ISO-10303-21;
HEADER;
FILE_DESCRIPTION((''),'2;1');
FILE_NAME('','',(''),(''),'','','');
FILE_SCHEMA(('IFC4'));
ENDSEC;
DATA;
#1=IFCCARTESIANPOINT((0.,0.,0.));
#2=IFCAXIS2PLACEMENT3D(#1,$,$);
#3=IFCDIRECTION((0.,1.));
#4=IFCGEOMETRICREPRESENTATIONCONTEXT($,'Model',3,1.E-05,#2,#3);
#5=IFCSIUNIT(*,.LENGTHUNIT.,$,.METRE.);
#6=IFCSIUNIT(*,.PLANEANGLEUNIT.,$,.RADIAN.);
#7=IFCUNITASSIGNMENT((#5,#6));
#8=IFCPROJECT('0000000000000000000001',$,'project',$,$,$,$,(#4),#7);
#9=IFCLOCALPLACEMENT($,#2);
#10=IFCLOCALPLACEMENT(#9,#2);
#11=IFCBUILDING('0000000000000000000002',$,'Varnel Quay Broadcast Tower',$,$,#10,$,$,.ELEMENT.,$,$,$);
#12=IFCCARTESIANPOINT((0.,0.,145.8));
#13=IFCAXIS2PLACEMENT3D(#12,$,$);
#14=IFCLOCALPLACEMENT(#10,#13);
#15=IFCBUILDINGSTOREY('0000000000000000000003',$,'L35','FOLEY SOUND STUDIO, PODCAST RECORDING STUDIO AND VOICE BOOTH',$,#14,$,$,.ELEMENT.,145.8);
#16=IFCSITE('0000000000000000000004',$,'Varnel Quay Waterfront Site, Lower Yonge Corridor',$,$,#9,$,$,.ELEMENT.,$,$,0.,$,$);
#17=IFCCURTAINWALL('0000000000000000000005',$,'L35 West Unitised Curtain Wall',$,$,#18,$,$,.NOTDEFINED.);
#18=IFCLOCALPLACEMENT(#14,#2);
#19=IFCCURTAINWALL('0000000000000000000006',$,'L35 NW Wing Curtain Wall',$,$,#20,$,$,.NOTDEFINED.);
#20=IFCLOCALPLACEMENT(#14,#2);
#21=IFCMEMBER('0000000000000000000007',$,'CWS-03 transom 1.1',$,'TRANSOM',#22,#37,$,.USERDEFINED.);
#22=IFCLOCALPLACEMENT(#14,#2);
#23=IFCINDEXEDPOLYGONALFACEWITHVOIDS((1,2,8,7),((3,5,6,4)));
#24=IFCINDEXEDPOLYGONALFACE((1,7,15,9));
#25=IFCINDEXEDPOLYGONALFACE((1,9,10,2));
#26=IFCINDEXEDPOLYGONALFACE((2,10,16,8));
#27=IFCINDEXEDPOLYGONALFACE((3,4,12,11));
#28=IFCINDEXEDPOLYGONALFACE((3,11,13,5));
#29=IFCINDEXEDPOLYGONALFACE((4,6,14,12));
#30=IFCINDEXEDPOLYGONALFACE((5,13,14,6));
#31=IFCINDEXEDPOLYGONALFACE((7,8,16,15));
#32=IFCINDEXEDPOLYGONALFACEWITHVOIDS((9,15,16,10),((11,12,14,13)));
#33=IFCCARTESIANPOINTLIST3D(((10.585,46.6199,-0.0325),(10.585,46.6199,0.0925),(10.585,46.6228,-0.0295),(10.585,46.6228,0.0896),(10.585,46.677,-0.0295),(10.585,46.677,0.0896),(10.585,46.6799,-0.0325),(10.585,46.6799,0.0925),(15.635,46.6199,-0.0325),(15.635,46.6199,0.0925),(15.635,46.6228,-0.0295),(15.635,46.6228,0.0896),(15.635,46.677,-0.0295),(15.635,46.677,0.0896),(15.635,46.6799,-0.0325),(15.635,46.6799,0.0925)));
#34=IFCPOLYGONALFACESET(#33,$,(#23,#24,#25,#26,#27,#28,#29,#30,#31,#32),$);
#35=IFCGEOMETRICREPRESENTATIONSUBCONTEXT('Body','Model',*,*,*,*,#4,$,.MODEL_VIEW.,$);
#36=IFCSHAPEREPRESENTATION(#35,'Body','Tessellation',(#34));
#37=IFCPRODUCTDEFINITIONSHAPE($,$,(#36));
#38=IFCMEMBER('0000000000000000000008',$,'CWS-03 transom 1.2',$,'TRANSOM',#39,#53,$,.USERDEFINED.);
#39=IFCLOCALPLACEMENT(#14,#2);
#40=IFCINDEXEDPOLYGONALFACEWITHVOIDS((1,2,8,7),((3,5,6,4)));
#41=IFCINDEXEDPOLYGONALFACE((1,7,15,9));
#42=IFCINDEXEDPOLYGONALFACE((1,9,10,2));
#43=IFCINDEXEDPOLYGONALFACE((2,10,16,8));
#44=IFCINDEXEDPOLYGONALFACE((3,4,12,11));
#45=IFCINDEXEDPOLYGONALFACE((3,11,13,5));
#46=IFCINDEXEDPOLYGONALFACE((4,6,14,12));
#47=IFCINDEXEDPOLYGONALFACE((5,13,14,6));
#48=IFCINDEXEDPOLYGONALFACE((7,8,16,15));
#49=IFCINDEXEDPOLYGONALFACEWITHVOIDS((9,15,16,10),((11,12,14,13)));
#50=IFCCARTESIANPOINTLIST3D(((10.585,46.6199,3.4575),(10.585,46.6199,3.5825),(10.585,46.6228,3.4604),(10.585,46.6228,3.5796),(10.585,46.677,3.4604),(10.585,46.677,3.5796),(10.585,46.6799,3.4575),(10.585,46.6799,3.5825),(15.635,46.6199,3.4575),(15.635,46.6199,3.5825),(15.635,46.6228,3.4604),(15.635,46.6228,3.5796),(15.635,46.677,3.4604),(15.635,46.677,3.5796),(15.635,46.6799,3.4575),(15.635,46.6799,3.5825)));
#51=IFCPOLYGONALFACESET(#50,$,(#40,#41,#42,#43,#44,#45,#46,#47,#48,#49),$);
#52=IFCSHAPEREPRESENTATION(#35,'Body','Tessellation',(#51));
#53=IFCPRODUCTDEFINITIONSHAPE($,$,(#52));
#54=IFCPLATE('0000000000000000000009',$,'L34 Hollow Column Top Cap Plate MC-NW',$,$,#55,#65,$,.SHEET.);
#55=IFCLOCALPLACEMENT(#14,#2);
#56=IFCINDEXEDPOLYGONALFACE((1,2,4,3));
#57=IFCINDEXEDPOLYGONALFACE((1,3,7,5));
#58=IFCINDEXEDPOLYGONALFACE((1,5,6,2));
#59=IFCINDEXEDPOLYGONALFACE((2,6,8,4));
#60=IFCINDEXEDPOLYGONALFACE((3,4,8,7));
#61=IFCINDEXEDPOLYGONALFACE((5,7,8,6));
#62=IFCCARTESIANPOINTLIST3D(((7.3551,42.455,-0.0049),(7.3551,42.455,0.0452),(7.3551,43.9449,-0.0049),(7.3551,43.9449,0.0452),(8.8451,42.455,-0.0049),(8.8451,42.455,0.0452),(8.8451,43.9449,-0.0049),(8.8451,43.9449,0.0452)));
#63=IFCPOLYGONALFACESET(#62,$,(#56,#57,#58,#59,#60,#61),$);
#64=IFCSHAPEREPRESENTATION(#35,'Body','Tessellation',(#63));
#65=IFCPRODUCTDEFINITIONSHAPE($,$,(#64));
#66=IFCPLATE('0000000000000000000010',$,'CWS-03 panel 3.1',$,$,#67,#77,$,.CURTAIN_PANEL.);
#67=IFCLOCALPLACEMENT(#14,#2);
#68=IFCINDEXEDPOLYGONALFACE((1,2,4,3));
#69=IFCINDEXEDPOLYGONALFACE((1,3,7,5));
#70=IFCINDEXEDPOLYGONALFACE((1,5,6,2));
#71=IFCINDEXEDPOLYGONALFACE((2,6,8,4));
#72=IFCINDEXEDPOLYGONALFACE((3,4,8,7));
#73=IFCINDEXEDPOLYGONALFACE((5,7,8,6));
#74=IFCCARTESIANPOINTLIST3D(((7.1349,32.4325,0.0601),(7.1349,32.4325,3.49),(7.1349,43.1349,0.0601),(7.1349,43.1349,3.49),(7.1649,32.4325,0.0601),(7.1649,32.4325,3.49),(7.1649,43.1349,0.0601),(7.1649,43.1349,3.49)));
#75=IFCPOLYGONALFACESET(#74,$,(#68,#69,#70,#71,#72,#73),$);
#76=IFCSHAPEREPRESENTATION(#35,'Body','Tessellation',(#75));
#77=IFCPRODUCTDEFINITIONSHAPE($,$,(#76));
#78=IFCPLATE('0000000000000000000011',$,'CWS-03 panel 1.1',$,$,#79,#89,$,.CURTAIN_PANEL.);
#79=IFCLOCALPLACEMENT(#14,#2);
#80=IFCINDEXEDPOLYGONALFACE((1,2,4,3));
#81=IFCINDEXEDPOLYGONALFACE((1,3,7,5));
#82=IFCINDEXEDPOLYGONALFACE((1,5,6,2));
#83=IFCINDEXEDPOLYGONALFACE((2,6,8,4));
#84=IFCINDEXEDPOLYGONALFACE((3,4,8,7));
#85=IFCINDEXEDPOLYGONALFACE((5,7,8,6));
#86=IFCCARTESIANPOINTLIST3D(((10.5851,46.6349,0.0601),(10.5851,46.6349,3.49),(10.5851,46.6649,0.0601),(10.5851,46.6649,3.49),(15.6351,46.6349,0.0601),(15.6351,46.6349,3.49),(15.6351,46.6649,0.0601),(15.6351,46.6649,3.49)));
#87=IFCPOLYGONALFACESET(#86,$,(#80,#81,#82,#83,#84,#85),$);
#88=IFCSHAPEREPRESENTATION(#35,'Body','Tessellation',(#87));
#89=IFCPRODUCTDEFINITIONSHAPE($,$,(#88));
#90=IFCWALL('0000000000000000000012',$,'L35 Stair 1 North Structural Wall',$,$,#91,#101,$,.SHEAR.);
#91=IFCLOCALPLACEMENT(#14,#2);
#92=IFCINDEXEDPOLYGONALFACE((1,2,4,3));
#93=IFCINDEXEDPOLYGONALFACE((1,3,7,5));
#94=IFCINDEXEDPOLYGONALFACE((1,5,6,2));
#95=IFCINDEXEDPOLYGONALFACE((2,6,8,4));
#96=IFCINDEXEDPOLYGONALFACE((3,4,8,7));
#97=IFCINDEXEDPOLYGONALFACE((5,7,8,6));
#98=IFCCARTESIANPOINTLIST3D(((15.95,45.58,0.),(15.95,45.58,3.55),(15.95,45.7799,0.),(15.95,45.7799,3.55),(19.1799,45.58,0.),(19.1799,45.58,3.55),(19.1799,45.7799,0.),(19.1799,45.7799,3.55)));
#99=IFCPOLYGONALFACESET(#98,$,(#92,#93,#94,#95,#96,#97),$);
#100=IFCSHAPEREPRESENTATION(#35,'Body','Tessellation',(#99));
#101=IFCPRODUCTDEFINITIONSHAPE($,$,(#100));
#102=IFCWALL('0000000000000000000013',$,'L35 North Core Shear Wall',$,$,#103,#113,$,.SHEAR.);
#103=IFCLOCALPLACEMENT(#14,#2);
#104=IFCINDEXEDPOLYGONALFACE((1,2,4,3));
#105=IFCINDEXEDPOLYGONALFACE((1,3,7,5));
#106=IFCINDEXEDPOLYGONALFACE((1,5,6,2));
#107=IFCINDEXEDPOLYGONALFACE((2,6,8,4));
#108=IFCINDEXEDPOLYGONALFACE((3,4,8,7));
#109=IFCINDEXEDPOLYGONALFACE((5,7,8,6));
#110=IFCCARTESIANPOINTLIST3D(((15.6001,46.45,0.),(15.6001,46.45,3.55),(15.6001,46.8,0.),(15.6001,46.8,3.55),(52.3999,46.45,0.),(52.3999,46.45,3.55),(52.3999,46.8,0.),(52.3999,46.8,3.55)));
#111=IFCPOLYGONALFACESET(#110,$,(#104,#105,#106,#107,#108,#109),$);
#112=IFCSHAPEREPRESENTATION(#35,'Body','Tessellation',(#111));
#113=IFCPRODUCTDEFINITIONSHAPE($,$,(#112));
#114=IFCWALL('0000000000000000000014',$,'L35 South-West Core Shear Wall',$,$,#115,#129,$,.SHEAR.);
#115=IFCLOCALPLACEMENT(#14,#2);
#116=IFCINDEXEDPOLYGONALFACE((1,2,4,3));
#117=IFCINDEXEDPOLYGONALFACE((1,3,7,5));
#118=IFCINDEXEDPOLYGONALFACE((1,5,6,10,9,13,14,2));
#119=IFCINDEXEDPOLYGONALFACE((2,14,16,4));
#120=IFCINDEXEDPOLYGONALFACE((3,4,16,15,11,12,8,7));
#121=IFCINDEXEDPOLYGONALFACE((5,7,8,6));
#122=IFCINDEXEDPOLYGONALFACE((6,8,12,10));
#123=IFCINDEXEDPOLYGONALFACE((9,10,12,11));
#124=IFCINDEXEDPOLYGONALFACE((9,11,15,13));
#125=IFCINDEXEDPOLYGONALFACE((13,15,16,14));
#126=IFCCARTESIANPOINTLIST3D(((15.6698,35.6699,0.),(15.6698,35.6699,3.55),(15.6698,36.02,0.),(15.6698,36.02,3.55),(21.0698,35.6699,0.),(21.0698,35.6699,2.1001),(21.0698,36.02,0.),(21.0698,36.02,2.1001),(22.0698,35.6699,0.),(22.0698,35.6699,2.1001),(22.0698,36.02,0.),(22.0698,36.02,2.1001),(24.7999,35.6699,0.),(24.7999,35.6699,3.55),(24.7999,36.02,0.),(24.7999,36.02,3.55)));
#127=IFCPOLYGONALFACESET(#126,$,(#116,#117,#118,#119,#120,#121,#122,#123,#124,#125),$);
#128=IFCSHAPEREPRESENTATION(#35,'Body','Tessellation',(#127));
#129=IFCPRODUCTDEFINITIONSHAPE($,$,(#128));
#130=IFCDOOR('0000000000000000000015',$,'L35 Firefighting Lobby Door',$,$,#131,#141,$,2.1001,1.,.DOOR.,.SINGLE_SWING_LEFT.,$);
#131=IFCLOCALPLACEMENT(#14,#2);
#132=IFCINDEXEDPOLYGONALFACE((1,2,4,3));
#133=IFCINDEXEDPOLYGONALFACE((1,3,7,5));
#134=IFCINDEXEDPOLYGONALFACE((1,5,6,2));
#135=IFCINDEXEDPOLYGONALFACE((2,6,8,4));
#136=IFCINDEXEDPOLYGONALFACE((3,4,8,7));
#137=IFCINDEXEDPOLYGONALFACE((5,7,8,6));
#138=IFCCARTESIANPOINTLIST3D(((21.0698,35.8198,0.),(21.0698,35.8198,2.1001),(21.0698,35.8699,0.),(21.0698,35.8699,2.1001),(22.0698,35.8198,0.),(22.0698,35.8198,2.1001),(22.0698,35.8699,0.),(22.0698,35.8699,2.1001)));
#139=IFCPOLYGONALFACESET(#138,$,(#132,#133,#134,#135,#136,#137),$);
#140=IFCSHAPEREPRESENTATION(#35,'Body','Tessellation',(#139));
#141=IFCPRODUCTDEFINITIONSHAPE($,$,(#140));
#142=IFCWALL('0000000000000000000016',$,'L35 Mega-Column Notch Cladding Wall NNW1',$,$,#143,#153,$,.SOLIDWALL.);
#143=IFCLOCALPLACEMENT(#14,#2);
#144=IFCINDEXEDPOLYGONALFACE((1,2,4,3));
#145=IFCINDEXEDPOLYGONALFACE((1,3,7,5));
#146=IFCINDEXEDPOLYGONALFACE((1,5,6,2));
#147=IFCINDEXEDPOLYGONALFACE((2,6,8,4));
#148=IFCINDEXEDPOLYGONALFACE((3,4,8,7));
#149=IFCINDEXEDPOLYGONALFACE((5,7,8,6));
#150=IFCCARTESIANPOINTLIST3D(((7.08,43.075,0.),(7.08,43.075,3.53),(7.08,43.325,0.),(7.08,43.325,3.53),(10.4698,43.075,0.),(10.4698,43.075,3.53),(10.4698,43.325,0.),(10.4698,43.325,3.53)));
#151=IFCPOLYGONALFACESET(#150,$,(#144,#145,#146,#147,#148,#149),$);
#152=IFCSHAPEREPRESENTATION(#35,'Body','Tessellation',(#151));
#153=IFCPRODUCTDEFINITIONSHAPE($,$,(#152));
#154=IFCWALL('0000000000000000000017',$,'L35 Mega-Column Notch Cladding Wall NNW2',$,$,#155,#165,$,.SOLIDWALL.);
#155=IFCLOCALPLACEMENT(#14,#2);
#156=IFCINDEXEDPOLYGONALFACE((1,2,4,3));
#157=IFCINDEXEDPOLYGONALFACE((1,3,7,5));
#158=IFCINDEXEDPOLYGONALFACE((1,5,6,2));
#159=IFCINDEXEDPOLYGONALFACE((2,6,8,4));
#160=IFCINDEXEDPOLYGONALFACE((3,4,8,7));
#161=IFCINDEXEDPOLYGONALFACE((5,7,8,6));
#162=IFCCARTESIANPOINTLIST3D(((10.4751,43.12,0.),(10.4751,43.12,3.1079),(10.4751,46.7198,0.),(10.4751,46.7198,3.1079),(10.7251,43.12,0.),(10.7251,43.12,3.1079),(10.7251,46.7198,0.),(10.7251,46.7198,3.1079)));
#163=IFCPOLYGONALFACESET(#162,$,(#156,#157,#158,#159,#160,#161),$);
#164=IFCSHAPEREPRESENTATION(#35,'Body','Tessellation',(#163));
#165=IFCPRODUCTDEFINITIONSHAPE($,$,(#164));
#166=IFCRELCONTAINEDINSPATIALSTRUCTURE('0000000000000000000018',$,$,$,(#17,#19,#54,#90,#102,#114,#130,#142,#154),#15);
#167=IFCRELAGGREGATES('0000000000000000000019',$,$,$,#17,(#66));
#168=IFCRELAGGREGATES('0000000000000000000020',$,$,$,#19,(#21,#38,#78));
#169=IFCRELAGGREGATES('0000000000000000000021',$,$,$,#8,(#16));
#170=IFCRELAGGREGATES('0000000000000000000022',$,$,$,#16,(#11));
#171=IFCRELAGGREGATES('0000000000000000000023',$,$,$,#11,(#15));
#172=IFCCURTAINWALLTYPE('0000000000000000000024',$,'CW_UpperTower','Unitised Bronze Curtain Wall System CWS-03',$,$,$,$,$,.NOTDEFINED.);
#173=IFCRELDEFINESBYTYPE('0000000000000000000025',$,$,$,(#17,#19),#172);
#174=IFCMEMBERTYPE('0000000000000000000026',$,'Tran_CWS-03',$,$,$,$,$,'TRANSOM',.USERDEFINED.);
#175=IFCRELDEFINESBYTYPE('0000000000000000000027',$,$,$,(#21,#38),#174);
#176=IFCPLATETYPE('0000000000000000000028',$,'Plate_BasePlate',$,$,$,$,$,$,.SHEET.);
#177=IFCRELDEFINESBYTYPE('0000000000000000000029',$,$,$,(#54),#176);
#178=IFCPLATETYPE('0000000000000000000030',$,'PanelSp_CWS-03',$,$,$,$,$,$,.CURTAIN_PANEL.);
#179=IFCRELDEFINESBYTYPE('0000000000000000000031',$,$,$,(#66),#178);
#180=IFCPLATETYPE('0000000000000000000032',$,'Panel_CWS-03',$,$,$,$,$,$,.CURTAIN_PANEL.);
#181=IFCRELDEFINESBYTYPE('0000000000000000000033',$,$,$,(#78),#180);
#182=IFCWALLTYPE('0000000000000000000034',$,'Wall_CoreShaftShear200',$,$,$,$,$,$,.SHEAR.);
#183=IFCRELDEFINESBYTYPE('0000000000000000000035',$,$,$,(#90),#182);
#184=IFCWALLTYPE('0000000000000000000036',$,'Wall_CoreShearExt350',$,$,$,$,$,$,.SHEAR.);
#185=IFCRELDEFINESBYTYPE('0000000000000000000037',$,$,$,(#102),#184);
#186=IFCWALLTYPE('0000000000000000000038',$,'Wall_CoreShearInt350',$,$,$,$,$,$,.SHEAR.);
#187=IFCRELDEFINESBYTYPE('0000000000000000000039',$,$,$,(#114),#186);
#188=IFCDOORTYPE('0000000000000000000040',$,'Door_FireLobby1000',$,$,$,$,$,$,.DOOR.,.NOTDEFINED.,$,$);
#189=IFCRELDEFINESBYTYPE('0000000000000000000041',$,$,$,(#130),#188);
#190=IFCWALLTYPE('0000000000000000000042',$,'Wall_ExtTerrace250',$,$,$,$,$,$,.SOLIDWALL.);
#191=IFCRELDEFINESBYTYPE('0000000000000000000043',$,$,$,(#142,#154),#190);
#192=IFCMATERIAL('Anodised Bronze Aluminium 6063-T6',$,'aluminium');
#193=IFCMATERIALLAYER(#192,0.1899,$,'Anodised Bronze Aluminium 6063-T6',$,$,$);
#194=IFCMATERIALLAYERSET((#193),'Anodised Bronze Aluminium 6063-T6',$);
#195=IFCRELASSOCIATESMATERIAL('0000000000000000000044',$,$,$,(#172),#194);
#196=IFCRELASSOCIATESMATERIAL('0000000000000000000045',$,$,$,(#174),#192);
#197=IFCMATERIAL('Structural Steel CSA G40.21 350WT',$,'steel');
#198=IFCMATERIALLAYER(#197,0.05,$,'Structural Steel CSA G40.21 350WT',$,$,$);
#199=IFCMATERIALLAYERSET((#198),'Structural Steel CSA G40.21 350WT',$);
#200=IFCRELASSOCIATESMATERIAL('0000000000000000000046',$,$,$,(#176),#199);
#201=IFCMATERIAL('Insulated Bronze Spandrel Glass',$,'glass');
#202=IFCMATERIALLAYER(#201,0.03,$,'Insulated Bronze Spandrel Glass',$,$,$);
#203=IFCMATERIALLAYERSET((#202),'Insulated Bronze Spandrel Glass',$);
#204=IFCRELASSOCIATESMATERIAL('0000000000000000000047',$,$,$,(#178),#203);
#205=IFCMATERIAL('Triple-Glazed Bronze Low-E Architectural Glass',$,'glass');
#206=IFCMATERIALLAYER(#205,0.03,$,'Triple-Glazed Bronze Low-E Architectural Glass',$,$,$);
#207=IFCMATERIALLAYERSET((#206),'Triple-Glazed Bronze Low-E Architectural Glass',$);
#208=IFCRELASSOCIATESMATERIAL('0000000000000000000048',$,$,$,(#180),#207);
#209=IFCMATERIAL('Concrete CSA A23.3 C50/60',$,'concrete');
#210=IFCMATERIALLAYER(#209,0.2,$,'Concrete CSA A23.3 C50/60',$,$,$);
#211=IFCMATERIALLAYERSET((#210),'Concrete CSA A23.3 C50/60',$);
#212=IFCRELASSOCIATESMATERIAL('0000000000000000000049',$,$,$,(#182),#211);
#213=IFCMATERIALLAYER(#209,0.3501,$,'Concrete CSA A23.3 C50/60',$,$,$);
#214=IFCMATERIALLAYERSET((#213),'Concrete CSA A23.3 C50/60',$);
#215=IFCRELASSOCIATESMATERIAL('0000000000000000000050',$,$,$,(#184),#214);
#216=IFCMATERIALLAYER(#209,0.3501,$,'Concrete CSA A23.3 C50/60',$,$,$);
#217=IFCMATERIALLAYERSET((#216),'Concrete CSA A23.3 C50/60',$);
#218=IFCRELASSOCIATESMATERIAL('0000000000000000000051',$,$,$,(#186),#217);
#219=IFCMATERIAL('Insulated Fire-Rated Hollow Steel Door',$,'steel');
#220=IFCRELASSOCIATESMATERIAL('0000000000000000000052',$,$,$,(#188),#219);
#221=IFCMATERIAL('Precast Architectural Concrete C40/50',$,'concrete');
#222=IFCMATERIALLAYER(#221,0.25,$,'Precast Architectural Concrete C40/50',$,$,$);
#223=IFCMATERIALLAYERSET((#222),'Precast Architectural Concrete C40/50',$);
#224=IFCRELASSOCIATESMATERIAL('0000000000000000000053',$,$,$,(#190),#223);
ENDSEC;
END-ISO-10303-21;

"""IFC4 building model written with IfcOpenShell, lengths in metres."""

from ifc_helpers import new_model, si_unit, direction, frame, frame_2d, origin, origin_2d, place, context, subcontext, project, spatial, rectangle, hollow_rectangle, extrude, source, transform, mapped, material, layer, layer_set, material_profile, profile_set, type_object, type_shapes, element, fill, aggregate, save


model = new_model("IFC4")

# Units and contexts
model_context = context("Model", 3, precision=1e-05, world=origin(), true_north=direction((0.0, 1.0)))
body_context = subcontext(model_context, "Body", "Model", "MODEL_VIEW")
ifc_project = project(units=[si_unit("LENGTHUNIT", "METRE"), si_unit("PLANEANGLEUNIT", "RADIAN")], contexts=[model_context])

# Site, building, storey
site_placement = place(None, origin())
site = spatial("IfcSite", under=ifc_project, at=site_placement, Name="Varnel Quay Waterfront Site, Lower Yonge Corridor", CompositionType="ELEMENT", RefElevation=0.0)
building_placement = place(site_placement, origin())
building = spatial("IfcBuilding", under=site, at=building_placement, Name="Varnel Quay Broadcast Tower", CompositionType="ELEMENT")
storey_placement = place(building_placement, frame((0.0, 0.0, 145.8)))
storey = spatial("IfcBuildingStorey", under=building, at=storey_placement, Name="L35", Description="FOLEY SOUND STUDIO, PODCAST RECORDING STUDIO AND VOICE BOOTH", CompositionType="ELEMENT", Elevation=145.8)

# Shared definitions
ifc_material_1 = material(Name="Structural Steel CSA G40.21 350WT", Category="steel")

# Curtain wall
ifc_material_2 = material(Name="Anodised Bronze Aluminium 6063-T6", Category="aluminium")
ifc_layer_1 = layer(ifc_material_2, 0.1899, Name="Anodised Bronze Aluminium 6063-T6")
ifc_layer_set_1 = layer_set([ifc_layer_1], Name="Anodised Bronze Aluminium 6063-T6")
curtain_wall_type = type_object("IfcCurtainWallType", Name="CW_UpperTower", Description="Unitised Bronze Curtain Wall System CWS-03", PredefinedType="NOTDEFINED", material=ifc_layer_set_1)
curtain_wall_1_placement = place(storey_placement, origin())
curtain_wall_1 = element("IfcCurtainWall", 1, at=curtain_wall_1_placement, inside=storey, type_object=curtain_wall_type, Name="L35 West Unitised Curtain Wall", PredefinedType="NOTDEFINED")

# Curtain wall, members
curtain_wall_2_placement = place(storey_placement, origin())
curtain_wall_2 = element("IfcCurtainWall", 2, at=curtain_wall_2_placement, inside=storey, type_object=curtain_wall_type, Name="L35 NW Wing Curtain Wall", PredefinedType="NOTDEFINED")
ifc_material_profile_1 = material_profile(ifc_material_2, hollow_rectangle(XDim=0.0601, YDim=0.125, WallThickness=0.0029, at=origin_2d()), Name="ALU60X125X3")
ifc_profile_set_1 = profile_set([ifc_material_profile_1], Name="Anodised Bronze Aluminium 6063-T6")
member_type_1 = type_object("IfcMemberType", Name="Tran_CWS-03", ElementType="TRANSOM", PredefinedType="USERDEFINED", material=ifc_profile_set_1)
shared_shape_1 = source(origin(), body_context, "Body", "SweptSolid", [
    extrude(hollow_rectangle(XDim=0.0601, YDim=0.125, WallThickness=0.0029, at=origin_2d()), origin(), (0.0, 0.0, 1.0), 5.05),
])
type_shapes(member_type_1, [shared_shape_1])
member_1_placement = place(storey_placement, frame((10.585, 46.6499, 0.03), z_axis=(1.0, 0.0, 0.0), x_axis=(0.0, 1.0, 0.0)))
member_1 = element("IfcMember", 3, at=member_1_placement, type_object=member_type_1, Name="CWS-03 transom 1.1", ObjectType="TRANSOM", PredefinedType="USERDEFINED", context=body_context, shape_type="MappedRepresentation", body=[
    mapped(shared_shape_1, transform((0.0, 0.0, 0.0), x_axis=(1.0, 0.0, 0.0), y_axis=(0.0, 1.0, 0.0), z_axis=(0.0, 0.0, 1.0), scale=1.0)),
])
member_2_placement = place(storey_placement, frame((10.585, 46.6499, 3.52), z_axis=(1.0, 0.0, 0.0), x_axis=(0.0, 1.0, 0.0)))
member_2 = element("IfcMember", 4, at=member_2_placement, type_object=member_type_1, Name="CWS-03 transom 1.2", ObjectType="TRANSOM", PredefinedType="USERDEFINED", context=body_context, shape_type="MappedRepresentation", body=[
    mapped(shared_shape_1, transform((0.0, 0.0, 0.0), x_axis=(1.0, 0.0, 0.0), y_axis=(0.0, 1.0, 0.0), z_axis=(0.0, 0.0, 1.0), scale=1.0)),
])

# Plates
ifc_layer_2 = layer(ifc_material_1, 0.05, Name="Structural Steel CSA G40.21 350WT")
ifc_layer_set_2 = layer_set([ifc_layer_2], Name="Structural Steel CSA G40.21 350WT")
plate_type_1 = type_object("IfcPlateType", Name="Plate_BasePlate", PredefinedType="SHEET", material=ifc_layer_set_2)
shared_shape_2 = source(origin(), body_context, "Body", "SweptSolid", [
    extrude(rectangle(XDim=1.49, YDim=1.49, at=origin_2d()), origin(), (0.0, 0.0, 1.0), 0.05),
])
type_shapes(plate_type_1, [shared_shape_2])
plate_1_placement = place(storey_placement, frame((8.1001, 43.2, -0.0049), z_axis=(0.0, 0.0, 1.0), x_axis=(1.0, 0.0, 0.0)))
element("IfcPlate", 5, at=plate_1_placement, inside=storey, type_object=plate_type_1, Name="L34 Hollow Column Top Cap Plate MC-NW", PredefinedType="SHEET", context=body_context, shape_type="MappedRepresentation", body=[
    mapped(shared_shape_2, transform((0.0, 0.0, 0.0), x_axis=(1.0, 0.0, 0.0), y_axis=(0.0, 1.0, 0.0), z_axis=(0.0, 0.0, 1.0), scale=1.0)),
])
ifc_material_3 = material(Name="Insulated Bronze Spandrel Glass", Category="glass")
ifc_layer_3 = layer(ifc_material_3, 0.03, Name="Insulated Bronze Spandrel Glass")
ifc_layer_set_3 = layer_set([ifc_layer_3], Name="Insulated Bronze Spandrel Glass")
plate_type_2 = type_object("IfcPlateType", Name="PanelSp_CWS-03", PredefinedType="CURTAIN_PANEL", material=ifc_layer_set_3)
shared_shape_3 = source(origin(), body_context, "Body", "SweptSolid", [
    extrude(rectangle(XDim=10.7024, YDim=0.03, at=origin_2d()), origin(), (0.0, 0.0, 1.0), 3.4299),
])
type_shapes(plate_type_2, [shared_shape_3])
plate_2_placement = place(storey_placement, frame((7.1499, 37.7837, 0.0601), z_axis=(0.0, 0.0, 1.0), x_axis=(0.0, 1.0, 0.0)))
plate_2 = element("IfcPlate", 6, at=plate_2_placement, type_object=plate_type_2, Name="CWS-03 panel 3.1", PredefinedType="CURTAIN_PANEL", context=body_context, shape_type="MappedRepresentation", body=[
    mapped(shared_shape_3, transform((0.0, 0.0, 0.0), x_axis=(1.0, 0.0, 0.0), y_axis=(0.0, 1.0, 0.0), z_axis=(0.0, 0.0, 1.0), scale=1.0)),
])
aggregate(curtain_wall_1, [plate_2])
ifc_material_4 = material(Name="Triple-Glazed Bronze Low-E Architectural Glass", Category="glass")
ifc_layer_4 = layer(ifc_material_4, 0.03, Name="Triple-Glazed Bronze Low-E Architectural Glass")
ifc_layer_set_4 = layer_set([ifc_layer_4], Name="Triple-Glazed Bronze Low-E Architectural Glass")
plate_type_3 = type_object("IfcPlateType", Name="Panel_CWS-03", PredefinedType="CURTAIN_PANEL", material=ifc_layer_set_4)
shared_shape_4 = source(origin(), body_context, "Body", "SweptSolid", [
    extrude(rectangle(XDim=5.05, YDim=0.03, at=origin_2d()), origin(), (0.0, 0.0, 1.0), 3.4299),
])
type_shapes(plate_type_3, [shared_shape_4])
plate_3_placement = place(storey_placement, frame((13.1101, 46.6499, 0.0601), z_axis=(0.0, 0.0, 1.0), x_axis=(1.0, 0.0, 0.0)))
plate_3 = element("IfcPlate", 7, at=plate_3_placement, type_object=plate_type_3, Name="CWS-03 panel 1.1", PredefinedType="CURTAIN_PANEL", context=body_context, shape_type="MappedRepresentation", body=[
    mapped(shared_shape_4, transform((0.0, 0.0, 0.0), x_axis=(1.0, 0.0, 0.0), y_axis=(0.0, 1.0, 0.0), z_axis=(0.0, 0.0, 1.0), scale=1.0)),
])
aggregate(curtain_wall_2, [member_1, member_2, plate_3])

# Walls
ifc_material_5 = material(Name="Concrete CSA A23.3 C50/60", Category="concrete")
ifc_layer_5 = layer(ifc_material_5, 0.2, Name="Concrete CSA A23.3 C50/60")
ifc_layer_set_5 = layer_set([ifc_layer_5], Name="Concrete CSA A23.3 C50/60")
wall_type_1 = type_object("IfcWallType", Name="Wall_CoreShaftShear200", PredefinedType="SHEAR", material=ifc_layer_set_5)
wall_1_placement = place(storey_placement, frame((15.95, 45.6799, 0.0), z_axis=(0.0, 0.0, 1.0), x_axis=(1.0, 0.0, 0.0)))
element("IfcWall", 8, at=wall_1_placement, inside=storey, type_object=wall_type_1, Name="L35 Stair 1 North Structural Wall", PredefinedType="SHEAR", context=body_context, shape_type="SweptSolid", body=[
    extrude(rectangle(XDim=3.23, YDim=0.2, at=frame_2d((1.615, 0.0))), origin(), (0.0, 0.0, 1.0), 3.55),
])
ifc_layer_6 = layer(ifc_material_5, 0.3501, Name="Concrete CSA A23.3 C50/60")
ifc_layer_set_6 = layer_set([ifc_layer_6], Name="Concrete CSA A23.3 C50/60")
wall_type_2 = type_object("IfcWallType", Name="Wall_CoreShearExt350", PredefinedType="SHEAR", material=ifc_layer_set_6)
wall_2_placement = place(storey_placement, frame((15.6001, 46.625, 0.0), z_axis=(0.0, 0.0, 1.0), x_axis=(1.0, 0.0, 0.0)))
element("IfcWall", 9, at=wall_2_placement, inside=storey, type_object=wall_type_2, Name="L35 North Core Shear Wall", PredefinedType="SHEAR", context=body_context, shape_type="SweptSolid", body=[
    extrude(rectangle(XDim=36.7998, YDim=0.3501, at=frame_2d((18.3999, 0.0))), origin(), (0.0, 0.0, 1.0), 3.55),
])

# Wall, opening, door
ifc_layer_7 = layer(ifc_material_5, 0.3501, Name="Concrete CSA A23.3 C50/60")
ifc_layer_set_7 = layer_set([ifc_layer_7], Name="Concrete CSA A23.3 C50/60")
wall_type_3 = type_object("IfcWallType", Name="Wall_CoreShearInt350", PredefinedType="SHEAR", material=ifc_layer_set_7)
wall_3_placement = place(storey_placement, frame((15.6699, 35.845, 0.0), z_axis=(0.0, 0.0, 1.0), x_axis=(1.0, 0.0, 0.0)))
wall_3 = element("IfcWall", 10, at=wall_3_placement, inside=storey, type_object=wall_type_3, Name="L35 South-West Core Shear Wall", PredefinedType="SHEAR", context=body_context, shape_type="SweptSolid", body=[
    extrude(rectangle(XDim=9.1301, YDim=0.3501, at=frame_2d((4.5649, 0.0))), origin(), (0.0, 0.0, 1.0), 3.55),
])
opening_placement = place(wall_3_placement, frame((5.3999, 0.0, 0.0)))
opening = element("IfcOpeningElement", 11, at=opening_placement, cuts=wall_3, PredefinedType="OPENING", context=body_context, shape_type="SweptSolid", body=[
    extrude(rectangle(XDim=1.0, YDim=2.1001, at=frame_2d((0.5, 1.05))), frame((0.0, 0.1851, 0.0), z_axis=(0.0, -1.0, 0.0), x_axis=(1.0, 0.0, 0.0)), (0.0, 0.0, 1.0), 0.3701),
])
ifc_material_6 = material(Name="Insulated Fire-Rated Hollow Steel Door", Category="steel")
door_type = type_object("IfcDoorType", Name="Door_FireLobby1000", OperationType="NOTDEFINED", PredefinedType="DOOR", material=ifc_material_6)
shared_shape_5 = source(origin(), body_context, "Body", "SweptSolid", [
    extrude(rectangle(XDim=1.0, YDim=2.1001, at=frame_2d((0.5, 1.05))), frame((0.0, 0.0249, 0.0), z_axis=(0.0, -1.0, 0.0), x_axis=(1.0, 0.0, 0.0)), (0.0, 0.0, 1.0), 0.05),
])
type_shapes(door_type, [shared_shape_5])
door_placement = place(opening_placement, origin())
door = element("IfcDoor", 12, at=door_placement, inside=storey, type_object=door_type, Name="L35 Firefighting Lobby Door", OperationType="SINGLE_SWING_LEFT", OverallHeight=2.1001, OverallWidth=1.0, PredefinedType="DOOR", context=body_context, shape_type="MappedRepresentation", body=[
    mapped(shared_shape_5, transform((0.0, 0.0, 0.0), x_axis=(1.0, 0.0, 0.0), y_axis=(0.0, 1.0, 0.0), z_axis=(0.0, 0.0, 1.0), scale=1.0)),
])
fill(opening, door)

# Walls
ifc_material_7 = material(Name="Precast Architectural Concrete C40/50", Category="concrete")
ifc_layer_8 = layer(ifc_material_7, 0.25, Name="Precast Architectural Concrete C40/50")
ifc_layer_set_8 = layer_set([ifc_layer_8], Name="Precast Architectural Concrete C40/50")
wall_type_4 = type_object("IfcWallType", Name="Wall_ExtTerrace250", PredefinedType="SOLIDWALL", material=ifc_layer_set_8)
wall_4_placement = place(storey_placement, frame((7.0801, 43.2, 0.0), z_axis=(0.0, 0.0, 1.0), x_axis=(1.0, 0.0, 0.0)))
element("IfcWall", 13, at=wall_4_placement, inside=storey, type_object=wall_type_4, Name="L35 Mega-Column Notch Cladding Wall NNW1", PredefinedType="SOLIDWALL", context=body_context, shape_type="SweptSolid", body=[
    extrude(rectangle(XDim=3.3899, YDim=0.25, at=frame_2d((1.6948, 0.0))), origin(), (0.0, 0.0, 1.0), 3.53),
])
wall_5_placement = place(storey_placement, frame((10.6001, 43.1201, 0.0), z_axis=(0.0, 0.0, 1.0), x_axis=(0.0, 1.0, 0.0)))
element("IfcWall", 14, at=wall_5_placement, inside=storey, type_object=wall_type_4, Name="L35 Mega-Column Notch Cladding Wall NNW2", PredefinedType="SOLIDWALL", context=body_context, shape_type="SweptSolid", body=[
    extrude(rectangle(XDim=3.5999, YDim=0.25, at=frame_2d((1.7998, 0.0))), origin(), (0.0, 0.0, 1.0), 3.1079),
])

save(model, "model.ifc")
